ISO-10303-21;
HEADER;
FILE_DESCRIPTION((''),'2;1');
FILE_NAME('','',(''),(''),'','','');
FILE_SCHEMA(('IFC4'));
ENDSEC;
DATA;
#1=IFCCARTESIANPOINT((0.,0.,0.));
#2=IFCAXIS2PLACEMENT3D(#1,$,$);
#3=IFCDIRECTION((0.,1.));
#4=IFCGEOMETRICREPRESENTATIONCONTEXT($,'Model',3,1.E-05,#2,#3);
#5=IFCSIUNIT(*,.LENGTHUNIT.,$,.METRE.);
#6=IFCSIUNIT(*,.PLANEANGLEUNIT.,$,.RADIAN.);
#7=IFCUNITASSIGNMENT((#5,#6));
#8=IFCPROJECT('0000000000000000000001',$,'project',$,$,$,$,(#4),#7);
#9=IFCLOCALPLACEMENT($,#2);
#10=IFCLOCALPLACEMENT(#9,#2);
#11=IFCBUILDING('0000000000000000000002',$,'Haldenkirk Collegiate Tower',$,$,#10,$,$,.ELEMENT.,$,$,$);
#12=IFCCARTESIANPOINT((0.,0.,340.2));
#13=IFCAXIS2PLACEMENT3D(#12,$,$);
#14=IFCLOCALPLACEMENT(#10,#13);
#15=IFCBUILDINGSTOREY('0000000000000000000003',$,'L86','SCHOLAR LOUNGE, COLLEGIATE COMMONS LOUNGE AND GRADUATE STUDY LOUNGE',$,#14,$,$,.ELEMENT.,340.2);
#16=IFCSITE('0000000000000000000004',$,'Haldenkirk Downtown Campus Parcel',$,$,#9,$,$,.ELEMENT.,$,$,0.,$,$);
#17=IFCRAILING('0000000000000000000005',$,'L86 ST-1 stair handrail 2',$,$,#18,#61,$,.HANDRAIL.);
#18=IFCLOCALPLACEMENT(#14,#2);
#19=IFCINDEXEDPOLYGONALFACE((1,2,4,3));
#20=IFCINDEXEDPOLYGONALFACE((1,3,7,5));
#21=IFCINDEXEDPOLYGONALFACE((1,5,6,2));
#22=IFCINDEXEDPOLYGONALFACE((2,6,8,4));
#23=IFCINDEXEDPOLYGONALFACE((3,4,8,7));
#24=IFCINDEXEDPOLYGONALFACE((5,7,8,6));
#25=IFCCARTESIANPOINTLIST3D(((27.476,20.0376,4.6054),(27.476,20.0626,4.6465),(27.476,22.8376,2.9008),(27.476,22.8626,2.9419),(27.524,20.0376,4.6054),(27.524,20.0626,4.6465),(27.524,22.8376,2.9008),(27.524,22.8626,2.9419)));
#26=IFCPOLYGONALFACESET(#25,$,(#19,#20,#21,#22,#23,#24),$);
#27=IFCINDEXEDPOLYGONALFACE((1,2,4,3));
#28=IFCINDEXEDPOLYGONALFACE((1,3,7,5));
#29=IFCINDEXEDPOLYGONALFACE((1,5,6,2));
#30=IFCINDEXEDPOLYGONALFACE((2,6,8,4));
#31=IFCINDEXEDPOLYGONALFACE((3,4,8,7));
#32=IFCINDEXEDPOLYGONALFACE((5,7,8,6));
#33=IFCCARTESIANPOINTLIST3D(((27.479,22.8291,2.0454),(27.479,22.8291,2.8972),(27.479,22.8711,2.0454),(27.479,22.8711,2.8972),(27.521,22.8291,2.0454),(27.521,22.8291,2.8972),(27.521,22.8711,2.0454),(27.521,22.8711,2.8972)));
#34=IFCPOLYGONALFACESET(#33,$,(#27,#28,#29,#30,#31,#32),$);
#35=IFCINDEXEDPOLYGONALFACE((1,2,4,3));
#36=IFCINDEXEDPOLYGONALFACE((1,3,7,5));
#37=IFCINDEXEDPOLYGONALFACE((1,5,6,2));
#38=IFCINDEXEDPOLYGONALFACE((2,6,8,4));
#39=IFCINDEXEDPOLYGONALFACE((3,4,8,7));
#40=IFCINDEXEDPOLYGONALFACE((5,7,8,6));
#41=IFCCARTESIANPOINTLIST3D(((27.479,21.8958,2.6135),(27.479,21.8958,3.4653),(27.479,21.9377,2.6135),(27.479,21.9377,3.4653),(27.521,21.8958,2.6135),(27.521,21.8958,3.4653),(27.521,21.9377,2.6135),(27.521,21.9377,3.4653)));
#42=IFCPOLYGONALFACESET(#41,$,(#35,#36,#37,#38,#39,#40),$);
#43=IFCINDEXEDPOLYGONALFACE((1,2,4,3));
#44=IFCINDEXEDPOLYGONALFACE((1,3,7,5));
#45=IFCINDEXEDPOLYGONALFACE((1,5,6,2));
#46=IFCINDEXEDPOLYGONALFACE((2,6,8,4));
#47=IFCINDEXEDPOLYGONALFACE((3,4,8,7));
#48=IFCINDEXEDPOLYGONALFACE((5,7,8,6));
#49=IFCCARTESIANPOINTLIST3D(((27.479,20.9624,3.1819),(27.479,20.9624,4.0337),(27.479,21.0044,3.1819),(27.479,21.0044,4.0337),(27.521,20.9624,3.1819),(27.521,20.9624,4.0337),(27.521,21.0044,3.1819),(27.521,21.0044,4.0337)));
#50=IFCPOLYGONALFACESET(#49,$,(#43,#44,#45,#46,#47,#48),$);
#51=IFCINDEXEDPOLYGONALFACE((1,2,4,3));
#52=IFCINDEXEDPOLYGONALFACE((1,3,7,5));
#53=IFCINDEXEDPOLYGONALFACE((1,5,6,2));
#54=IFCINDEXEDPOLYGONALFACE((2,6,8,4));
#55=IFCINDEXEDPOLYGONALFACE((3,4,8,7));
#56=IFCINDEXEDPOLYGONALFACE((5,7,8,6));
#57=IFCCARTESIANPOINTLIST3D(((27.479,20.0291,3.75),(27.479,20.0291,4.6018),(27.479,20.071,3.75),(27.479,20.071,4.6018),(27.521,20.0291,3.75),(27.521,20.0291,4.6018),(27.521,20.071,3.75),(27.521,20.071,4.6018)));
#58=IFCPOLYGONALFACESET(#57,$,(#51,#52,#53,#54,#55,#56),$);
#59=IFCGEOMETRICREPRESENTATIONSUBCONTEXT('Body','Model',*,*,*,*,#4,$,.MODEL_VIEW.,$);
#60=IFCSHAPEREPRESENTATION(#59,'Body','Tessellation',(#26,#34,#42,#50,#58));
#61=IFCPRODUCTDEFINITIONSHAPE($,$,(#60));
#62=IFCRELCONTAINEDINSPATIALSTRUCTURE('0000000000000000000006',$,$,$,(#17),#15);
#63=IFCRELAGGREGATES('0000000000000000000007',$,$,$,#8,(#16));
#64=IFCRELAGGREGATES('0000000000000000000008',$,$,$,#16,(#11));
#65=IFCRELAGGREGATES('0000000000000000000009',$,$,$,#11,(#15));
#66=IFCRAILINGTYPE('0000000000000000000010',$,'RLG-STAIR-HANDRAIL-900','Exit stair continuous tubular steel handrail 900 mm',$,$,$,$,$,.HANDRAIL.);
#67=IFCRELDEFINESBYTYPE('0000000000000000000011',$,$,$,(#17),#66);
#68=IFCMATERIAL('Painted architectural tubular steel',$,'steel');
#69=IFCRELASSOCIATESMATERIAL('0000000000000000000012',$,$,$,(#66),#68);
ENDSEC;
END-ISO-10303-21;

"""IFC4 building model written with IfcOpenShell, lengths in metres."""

from ifc_helpers import new_model, si_unit, direction, frame, origin, origin_2d, place, context, subcontext, project, spatial, rectangle, extrude, material, type_object, element, save


model = new_model("IFC4")

# Units and contexts
model_context = context("Model", 3, precision=1e-05, world=origin(), true_north=direction((0.0, 1.0)))
body_context = subcontext(model_context, "Body", "Model", "MODEL_VIEW")
ifc_project = project(units=[si_unit("LENGTHUNIT", "METRE"), si_unit("PLANEANGLEUNIT", "RADIAN")], contexts=[model_context])

# Site, building, storey
site_placement = place(None, origin())
site = spatial("IfcSite", under=ifc_project, at=site_placement, Name="Haldenkirk Downtown Campus Parcel", CompositionType="ELEMENT", RefElevation=0.0)
building_placement = place(site_placement, origin())
building = spatial("IfcBuilding", under=site, at=building_placement, Name="Haldenkirk Collegiate Tower", CompositionType="ELEMENT")
storey_placement = place(building_placement, frame((0.0, 0.0, 340.2)))
storey = spatial("IfcBuildingStorey", under=building, at=storey_placement, Name="L86", Description="SCHOLAR LOUNGE, COLLEGIATE COMMONS LOUNGE AND GRADUATE STUDY LOUNGE", CompositionType="ELEMENT", Elevation=340.2)

# Railing
ifc_material_1 = material(Name="Painted architectural tubular steel", Category="steel")
railing_type_1 = type_object("IfcRailingType", Name="RLG-STAIR-HANDRAIL-900", Description="Exit stair continuous tubular steel handrail 900 mm", PredefinedType="HANDRAIL", material=ifc_material_1)
railing_1_placement = place(storey_placement, frame((27.5, 22.8501, 2.0454)))
element("IfcRailing", 1, at=railing_1_placement, inside=storey, type_object=railing_type_1, Name="L86 ST-1 stair handrail 2", PredefinedType="HANDRAIL", context=body_context, shape_type="SweptSolid", body=[
    extrude(rectangle(XDim=0.0481, YDim=0.0481, at=origin_2d()), frame((0.0, 0.0, 0.876), z_axis=(0.0, -0.85417, 0.519994), x_axis=(1.0, 0.0, 0.0)), (0.0, 0.0, 1.0), 3.2781),
    extrude(rectangle(XDim=0.042, YDim=0.042, at=origin_2d()), origin(), (0.0, 0.0, 1.0), 0.8518),
    extrude(rectangle(XDim=0.042, YDim=0.042, at=origin_2d()), frame((0.0, -0.9333, 0.5681)), (0.0, 0.0, 1.0), 0.8518),
    extrude(rectangle(XDim=0.042, YDim=0.042, at=origin_2d()), frame((0.0, -1.8667, 1.1365)), (0.0, 0.0, 1.0), 0.8518),
    extrude(rectangle(XDim=0.042, YDim=0.042, at=origin_2d()), frame((0.0, -2.8, 1.7046)), (0.0, 0.0, 1.0), 0.8518),
])

save(model, "model.ifc")
